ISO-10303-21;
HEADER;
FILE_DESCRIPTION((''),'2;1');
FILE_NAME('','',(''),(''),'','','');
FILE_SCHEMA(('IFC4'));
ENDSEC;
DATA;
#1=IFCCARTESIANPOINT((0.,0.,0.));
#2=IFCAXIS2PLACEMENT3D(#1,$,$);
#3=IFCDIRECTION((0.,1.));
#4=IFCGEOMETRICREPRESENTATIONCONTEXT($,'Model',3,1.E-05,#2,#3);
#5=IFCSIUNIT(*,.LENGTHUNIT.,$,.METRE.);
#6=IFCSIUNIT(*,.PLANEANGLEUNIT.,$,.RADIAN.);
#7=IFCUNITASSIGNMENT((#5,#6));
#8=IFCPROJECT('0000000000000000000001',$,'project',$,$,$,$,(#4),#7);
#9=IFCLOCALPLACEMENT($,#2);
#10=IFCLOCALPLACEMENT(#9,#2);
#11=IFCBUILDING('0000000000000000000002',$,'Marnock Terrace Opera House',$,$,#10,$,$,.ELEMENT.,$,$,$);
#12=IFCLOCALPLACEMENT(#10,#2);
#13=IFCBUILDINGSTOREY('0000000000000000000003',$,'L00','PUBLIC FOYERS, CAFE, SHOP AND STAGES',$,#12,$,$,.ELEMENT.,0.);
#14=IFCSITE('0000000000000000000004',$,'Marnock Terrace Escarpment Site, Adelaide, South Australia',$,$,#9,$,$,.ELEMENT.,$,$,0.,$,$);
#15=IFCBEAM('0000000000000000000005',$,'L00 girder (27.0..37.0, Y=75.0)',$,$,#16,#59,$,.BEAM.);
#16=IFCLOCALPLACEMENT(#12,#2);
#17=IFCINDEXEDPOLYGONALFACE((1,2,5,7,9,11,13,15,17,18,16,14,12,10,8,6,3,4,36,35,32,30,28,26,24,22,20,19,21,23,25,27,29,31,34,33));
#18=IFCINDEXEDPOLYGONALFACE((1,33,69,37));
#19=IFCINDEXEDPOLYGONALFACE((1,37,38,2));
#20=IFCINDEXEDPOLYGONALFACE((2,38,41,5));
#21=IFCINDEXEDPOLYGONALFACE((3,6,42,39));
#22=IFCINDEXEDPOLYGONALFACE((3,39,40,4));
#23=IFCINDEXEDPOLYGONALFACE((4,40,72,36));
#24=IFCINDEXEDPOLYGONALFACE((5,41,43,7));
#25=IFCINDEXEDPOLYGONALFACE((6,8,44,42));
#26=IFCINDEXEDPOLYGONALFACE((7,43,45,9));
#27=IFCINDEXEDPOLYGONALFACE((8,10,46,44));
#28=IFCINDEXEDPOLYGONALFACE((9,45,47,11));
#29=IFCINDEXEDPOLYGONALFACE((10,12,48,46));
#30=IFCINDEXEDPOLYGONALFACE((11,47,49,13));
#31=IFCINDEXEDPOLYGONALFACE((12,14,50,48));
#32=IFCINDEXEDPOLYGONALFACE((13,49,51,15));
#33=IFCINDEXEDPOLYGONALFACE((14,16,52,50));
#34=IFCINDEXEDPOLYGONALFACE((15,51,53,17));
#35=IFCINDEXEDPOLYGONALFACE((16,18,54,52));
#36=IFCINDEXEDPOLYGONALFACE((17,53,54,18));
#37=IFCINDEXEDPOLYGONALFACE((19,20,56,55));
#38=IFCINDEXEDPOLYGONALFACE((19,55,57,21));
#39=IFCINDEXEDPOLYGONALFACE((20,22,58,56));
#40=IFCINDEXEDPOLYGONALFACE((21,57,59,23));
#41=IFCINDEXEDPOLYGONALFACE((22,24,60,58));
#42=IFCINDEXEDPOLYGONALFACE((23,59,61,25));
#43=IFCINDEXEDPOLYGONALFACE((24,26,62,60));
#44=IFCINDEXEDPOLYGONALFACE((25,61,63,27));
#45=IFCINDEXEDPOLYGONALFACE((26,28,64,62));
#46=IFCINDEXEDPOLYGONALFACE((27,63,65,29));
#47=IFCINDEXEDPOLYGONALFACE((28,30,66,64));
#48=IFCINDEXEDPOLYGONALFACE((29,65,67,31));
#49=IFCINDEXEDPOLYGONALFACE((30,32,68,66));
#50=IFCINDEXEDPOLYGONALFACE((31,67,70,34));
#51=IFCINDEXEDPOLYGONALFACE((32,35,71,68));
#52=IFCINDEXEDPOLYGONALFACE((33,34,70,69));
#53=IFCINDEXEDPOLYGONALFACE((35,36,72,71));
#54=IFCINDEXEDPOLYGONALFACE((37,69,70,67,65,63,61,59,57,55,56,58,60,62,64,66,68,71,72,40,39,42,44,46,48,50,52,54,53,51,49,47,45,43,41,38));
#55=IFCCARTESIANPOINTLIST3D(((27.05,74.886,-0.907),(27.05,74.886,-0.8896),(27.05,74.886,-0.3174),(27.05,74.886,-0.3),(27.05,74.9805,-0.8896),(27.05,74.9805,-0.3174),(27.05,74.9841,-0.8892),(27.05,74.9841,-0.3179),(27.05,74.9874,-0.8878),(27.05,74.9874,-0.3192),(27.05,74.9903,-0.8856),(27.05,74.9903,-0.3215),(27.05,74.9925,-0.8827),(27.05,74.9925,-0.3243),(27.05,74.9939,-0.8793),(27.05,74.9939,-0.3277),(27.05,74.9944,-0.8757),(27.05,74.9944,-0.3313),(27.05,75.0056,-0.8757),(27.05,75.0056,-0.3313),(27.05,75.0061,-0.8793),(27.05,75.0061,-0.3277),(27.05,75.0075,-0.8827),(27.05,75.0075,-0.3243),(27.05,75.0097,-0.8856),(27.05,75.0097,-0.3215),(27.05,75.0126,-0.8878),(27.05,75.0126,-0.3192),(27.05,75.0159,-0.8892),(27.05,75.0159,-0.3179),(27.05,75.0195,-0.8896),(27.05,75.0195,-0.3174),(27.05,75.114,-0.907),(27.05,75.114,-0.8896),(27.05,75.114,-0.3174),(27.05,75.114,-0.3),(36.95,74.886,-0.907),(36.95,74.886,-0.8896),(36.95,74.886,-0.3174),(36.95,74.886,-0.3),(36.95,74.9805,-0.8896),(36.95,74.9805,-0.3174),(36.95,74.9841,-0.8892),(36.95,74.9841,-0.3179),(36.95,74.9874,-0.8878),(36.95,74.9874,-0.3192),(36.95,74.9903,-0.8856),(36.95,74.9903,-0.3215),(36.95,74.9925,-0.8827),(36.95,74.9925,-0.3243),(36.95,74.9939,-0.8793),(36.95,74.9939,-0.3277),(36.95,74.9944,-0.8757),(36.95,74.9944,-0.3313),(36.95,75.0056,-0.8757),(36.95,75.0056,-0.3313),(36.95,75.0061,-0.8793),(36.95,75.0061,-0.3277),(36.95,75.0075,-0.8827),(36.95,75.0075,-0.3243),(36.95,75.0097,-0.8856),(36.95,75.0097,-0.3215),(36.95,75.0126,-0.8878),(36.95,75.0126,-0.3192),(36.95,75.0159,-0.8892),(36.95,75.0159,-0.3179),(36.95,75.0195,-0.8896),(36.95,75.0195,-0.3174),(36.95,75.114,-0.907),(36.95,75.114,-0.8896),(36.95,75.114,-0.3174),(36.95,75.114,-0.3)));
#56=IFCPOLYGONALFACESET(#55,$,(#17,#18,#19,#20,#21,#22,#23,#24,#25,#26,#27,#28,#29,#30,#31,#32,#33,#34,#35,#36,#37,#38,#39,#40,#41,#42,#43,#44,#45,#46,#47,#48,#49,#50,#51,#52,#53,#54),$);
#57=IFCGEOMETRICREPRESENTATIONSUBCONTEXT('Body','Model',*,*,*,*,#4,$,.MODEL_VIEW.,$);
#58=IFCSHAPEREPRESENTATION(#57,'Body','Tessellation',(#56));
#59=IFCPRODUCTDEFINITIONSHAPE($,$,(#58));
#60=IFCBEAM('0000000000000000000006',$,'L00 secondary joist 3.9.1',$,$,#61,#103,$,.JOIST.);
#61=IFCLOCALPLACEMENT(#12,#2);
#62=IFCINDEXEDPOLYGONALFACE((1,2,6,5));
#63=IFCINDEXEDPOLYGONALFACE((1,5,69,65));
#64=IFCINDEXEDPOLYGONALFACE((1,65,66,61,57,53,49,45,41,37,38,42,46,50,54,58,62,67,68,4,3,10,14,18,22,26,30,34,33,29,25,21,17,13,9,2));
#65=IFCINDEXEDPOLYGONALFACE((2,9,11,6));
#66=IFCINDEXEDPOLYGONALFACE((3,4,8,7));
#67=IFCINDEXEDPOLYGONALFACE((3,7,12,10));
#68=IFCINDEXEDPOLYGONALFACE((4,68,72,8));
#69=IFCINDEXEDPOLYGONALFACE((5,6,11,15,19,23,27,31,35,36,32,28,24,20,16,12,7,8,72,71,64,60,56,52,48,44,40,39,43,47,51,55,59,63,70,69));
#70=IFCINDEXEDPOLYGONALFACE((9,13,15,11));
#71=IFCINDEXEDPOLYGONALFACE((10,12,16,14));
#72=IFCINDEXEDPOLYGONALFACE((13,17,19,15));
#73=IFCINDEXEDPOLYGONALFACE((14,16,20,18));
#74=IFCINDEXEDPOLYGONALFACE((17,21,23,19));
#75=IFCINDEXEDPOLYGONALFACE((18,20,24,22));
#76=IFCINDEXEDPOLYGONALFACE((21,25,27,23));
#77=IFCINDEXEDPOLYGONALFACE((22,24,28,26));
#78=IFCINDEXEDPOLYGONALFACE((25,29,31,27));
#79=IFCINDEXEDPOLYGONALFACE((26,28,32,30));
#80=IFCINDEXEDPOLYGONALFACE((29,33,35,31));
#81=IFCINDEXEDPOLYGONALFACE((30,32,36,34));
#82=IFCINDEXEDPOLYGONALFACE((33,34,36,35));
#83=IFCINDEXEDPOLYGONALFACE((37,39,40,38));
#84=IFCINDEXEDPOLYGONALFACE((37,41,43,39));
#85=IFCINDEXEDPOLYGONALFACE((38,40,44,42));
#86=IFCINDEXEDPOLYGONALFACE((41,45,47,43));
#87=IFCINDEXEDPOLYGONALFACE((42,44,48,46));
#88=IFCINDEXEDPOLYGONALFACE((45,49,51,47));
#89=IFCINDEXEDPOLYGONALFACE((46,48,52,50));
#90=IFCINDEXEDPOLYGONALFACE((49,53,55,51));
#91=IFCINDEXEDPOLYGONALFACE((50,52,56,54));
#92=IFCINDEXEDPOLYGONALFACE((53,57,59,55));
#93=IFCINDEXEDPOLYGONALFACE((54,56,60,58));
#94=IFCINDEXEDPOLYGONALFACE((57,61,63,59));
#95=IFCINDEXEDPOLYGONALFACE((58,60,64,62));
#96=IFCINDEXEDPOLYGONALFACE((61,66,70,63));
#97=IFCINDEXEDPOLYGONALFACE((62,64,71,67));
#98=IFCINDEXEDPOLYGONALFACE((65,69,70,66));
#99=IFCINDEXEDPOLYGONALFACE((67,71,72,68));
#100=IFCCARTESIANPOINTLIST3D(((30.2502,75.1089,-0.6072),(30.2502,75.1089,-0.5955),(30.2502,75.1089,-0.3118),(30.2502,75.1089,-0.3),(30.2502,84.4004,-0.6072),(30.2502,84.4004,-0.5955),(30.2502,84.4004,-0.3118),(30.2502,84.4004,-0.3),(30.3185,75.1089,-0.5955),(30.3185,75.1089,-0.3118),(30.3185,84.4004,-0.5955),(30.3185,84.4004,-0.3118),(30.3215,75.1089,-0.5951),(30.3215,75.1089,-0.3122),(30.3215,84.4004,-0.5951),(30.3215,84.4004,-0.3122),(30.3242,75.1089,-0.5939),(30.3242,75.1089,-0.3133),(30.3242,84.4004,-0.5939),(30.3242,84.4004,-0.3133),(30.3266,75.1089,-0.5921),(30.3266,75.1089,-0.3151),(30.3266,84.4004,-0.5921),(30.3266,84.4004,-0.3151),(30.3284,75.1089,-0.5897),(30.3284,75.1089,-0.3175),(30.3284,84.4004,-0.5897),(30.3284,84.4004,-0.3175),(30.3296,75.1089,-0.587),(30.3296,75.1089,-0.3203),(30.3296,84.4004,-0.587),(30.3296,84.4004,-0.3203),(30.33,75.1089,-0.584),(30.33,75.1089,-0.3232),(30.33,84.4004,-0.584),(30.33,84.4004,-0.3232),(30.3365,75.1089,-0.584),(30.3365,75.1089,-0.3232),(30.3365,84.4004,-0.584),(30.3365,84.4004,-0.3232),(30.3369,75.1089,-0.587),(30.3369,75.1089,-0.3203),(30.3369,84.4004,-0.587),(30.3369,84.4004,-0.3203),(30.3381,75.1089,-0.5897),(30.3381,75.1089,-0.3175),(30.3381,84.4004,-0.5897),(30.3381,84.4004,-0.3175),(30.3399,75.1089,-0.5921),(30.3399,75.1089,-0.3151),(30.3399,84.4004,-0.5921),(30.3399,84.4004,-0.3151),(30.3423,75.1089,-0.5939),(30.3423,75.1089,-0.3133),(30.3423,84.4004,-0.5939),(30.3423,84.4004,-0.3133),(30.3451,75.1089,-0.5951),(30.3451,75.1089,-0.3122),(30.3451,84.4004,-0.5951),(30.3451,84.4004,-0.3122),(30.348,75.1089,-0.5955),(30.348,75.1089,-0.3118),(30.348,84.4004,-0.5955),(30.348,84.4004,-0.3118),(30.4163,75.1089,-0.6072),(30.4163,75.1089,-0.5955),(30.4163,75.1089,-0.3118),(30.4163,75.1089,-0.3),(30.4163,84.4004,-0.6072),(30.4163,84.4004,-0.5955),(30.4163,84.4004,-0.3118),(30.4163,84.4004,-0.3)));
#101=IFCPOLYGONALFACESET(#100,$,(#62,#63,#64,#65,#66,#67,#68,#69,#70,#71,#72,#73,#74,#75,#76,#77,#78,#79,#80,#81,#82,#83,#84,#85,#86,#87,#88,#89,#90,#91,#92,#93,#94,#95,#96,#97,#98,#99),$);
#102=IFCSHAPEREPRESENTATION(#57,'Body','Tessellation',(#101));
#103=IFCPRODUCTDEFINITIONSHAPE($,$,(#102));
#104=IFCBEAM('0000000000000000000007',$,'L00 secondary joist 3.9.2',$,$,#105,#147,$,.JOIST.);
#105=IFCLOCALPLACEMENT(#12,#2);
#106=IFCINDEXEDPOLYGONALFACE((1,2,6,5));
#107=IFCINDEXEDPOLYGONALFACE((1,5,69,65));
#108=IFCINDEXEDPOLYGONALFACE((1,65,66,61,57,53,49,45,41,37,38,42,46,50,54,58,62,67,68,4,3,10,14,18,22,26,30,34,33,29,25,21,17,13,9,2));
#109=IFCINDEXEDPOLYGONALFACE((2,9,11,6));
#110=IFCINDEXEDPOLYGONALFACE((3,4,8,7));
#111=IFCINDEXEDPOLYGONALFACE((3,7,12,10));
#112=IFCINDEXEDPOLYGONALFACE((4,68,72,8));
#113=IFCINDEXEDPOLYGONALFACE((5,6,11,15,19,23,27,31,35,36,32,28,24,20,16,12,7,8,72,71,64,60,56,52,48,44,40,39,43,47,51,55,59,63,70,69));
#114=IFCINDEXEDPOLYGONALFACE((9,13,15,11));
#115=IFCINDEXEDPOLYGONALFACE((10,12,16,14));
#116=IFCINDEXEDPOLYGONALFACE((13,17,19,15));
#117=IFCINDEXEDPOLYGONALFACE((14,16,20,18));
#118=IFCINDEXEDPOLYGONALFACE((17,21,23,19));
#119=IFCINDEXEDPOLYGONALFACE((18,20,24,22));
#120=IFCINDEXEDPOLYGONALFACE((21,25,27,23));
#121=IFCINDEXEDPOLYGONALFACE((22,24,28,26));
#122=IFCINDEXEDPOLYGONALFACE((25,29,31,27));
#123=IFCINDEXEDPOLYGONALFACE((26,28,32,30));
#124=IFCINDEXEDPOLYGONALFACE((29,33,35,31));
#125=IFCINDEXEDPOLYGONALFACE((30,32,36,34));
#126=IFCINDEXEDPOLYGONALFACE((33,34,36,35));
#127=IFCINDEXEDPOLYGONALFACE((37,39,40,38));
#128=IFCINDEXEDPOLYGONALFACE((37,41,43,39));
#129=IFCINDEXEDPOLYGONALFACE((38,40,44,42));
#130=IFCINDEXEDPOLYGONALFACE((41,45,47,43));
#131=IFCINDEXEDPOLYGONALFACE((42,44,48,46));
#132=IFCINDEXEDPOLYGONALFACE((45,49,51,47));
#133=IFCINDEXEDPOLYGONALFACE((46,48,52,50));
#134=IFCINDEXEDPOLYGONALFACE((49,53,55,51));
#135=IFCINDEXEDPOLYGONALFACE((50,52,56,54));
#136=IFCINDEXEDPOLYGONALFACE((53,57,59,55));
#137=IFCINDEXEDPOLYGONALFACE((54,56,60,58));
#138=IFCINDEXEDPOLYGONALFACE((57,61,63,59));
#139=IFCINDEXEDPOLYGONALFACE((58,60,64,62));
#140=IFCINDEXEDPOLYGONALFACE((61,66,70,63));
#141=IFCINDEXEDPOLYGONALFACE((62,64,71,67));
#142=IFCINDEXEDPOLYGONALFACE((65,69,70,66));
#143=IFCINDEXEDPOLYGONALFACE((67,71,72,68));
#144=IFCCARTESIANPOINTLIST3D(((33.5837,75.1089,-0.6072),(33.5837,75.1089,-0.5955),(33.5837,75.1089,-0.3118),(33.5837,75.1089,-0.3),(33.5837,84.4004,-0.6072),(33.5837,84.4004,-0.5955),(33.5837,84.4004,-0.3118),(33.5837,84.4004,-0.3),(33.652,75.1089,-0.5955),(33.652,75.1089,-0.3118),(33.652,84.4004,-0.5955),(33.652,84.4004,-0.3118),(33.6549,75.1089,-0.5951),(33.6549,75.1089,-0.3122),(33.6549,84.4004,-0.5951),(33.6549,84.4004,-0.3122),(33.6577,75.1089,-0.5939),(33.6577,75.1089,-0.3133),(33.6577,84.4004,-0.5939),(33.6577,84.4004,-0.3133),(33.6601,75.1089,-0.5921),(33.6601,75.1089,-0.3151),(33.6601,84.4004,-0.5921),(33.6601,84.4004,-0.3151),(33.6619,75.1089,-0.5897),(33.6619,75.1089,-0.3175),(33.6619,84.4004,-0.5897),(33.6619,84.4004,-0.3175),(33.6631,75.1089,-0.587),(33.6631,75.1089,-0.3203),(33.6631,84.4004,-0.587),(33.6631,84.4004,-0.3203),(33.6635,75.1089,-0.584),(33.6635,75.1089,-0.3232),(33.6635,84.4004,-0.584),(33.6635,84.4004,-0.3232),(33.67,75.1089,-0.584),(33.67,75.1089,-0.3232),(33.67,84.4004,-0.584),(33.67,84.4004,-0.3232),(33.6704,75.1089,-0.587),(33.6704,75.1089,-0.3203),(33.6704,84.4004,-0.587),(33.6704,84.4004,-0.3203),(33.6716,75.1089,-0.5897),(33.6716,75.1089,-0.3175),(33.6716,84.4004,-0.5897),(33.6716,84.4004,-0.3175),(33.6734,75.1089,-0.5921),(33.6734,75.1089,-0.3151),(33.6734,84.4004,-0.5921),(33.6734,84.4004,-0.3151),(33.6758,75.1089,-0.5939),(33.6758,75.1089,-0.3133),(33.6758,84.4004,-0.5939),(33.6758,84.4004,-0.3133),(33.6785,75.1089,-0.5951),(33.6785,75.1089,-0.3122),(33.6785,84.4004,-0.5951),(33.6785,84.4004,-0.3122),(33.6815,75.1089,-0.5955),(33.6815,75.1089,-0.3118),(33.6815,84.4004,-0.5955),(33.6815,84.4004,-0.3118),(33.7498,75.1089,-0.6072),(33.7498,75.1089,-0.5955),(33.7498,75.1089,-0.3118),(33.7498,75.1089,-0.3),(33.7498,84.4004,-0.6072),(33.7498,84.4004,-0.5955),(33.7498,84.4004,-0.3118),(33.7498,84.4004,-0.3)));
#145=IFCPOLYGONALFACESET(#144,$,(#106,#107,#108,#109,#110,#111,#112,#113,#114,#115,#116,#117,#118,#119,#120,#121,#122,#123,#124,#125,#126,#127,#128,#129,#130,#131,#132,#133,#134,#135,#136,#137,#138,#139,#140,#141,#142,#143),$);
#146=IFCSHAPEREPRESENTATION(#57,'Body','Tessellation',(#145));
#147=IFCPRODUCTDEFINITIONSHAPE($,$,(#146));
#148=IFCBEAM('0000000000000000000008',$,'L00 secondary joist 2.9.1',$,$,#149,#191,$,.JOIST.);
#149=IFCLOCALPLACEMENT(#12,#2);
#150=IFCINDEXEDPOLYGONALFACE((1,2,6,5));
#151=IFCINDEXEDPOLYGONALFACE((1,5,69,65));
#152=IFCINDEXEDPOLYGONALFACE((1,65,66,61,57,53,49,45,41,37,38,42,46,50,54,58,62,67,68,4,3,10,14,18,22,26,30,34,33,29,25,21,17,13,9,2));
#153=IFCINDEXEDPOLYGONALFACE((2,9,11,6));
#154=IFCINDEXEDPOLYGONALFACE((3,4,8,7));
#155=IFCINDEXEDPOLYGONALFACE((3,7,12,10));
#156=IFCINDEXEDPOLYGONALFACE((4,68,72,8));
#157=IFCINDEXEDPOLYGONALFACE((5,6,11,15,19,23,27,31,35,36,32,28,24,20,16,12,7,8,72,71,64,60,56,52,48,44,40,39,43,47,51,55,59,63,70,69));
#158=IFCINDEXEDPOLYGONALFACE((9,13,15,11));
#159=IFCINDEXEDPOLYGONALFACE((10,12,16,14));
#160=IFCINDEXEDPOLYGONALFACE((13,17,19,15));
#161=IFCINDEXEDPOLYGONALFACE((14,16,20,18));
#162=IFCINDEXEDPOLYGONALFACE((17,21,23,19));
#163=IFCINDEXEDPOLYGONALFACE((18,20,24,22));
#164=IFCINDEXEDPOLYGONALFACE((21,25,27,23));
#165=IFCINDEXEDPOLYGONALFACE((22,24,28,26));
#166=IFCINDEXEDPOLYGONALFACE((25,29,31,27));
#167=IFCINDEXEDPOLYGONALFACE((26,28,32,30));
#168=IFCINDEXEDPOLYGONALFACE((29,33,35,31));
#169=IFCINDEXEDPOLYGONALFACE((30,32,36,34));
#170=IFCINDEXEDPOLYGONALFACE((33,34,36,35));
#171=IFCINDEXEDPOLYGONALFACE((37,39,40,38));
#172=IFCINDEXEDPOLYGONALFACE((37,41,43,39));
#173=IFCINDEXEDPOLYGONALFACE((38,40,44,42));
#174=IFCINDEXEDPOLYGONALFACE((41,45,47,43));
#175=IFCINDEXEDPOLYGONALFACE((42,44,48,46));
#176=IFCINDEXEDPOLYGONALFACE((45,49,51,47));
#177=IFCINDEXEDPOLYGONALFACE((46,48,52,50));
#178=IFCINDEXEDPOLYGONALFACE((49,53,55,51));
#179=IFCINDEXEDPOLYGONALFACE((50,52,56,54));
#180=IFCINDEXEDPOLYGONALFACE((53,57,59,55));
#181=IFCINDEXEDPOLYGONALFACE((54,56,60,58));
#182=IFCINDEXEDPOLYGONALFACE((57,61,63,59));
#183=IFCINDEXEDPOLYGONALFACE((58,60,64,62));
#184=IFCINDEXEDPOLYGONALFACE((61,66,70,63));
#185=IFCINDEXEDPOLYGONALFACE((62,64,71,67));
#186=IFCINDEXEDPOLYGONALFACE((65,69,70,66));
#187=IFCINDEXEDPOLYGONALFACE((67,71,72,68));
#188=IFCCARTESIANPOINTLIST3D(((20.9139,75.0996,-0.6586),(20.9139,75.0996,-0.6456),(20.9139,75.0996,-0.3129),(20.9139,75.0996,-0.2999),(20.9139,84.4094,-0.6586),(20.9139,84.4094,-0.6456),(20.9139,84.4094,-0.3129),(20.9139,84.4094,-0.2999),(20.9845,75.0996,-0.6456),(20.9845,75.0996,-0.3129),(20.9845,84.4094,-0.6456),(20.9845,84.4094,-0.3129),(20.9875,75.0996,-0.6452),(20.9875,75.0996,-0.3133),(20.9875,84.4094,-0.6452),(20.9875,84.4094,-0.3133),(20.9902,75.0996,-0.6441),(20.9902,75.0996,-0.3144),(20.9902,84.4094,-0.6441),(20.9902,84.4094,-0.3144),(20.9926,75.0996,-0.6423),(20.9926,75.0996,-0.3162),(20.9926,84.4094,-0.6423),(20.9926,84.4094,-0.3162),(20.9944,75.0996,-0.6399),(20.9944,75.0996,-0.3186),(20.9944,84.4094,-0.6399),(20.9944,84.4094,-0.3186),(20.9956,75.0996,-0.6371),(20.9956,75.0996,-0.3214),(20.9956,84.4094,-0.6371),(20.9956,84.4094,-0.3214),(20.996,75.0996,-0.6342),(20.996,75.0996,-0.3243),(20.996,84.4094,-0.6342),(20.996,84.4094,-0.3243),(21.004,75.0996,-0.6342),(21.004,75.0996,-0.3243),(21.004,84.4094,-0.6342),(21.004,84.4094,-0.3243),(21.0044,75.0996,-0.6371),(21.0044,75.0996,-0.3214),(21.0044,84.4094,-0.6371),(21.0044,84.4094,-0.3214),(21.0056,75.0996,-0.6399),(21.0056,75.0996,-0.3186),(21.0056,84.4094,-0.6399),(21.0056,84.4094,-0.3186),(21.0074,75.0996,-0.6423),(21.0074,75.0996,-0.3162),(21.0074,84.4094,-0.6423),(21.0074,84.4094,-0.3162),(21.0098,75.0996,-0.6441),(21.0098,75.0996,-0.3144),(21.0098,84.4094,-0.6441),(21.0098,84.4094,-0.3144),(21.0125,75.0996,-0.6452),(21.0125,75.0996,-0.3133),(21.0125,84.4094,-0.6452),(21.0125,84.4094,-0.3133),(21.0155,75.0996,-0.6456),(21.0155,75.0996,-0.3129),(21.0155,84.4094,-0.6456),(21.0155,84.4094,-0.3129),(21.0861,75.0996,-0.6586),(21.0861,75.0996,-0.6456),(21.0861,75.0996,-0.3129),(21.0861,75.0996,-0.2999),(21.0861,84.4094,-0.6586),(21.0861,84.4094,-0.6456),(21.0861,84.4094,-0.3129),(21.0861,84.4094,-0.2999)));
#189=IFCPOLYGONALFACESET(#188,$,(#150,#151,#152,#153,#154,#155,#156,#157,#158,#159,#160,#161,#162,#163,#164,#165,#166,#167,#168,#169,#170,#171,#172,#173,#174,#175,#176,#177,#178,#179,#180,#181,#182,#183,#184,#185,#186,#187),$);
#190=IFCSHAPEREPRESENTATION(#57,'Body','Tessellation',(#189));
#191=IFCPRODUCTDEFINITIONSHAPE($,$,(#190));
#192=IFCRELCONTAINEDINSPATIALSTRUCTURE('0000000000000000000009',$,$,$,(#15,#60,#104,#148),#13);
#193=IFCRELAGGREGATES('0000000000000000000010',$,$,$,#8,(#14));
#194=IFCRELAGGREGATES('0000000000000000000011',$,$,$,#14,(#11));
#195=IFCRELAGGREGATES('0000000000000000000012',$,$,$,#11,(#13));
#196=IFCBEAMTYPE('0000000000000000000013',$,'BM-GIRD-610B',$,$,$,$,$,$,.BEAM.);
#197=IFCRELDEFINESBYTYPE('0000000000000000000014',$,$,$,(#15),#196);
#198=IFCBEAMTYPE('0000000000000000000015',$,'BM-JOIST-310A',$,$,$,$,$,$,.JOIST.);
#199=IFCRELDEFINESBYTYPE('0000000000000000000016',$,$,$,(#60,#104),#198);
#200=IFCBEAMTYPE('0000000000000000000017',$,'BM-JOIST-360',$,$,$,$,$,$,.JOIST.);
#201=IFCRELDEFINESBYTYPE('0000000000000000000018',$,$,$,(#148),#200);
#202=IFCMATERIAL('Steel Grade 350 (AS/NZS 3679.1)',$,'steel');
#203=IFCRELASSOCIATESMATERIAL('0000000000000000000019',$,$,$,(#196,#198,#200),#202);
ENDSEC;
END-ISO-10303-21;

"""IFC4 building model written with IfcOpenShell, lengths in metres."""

from ifc_helpers import new_model, si_unit, direction, frame, origin, origin_2d, place, context, subcontext, project, spatial, i_section, extrude, material, material_profile, profile_set, type_object, element, save


model = new_model("IFC4")

# Units and contexts
model_context = context("Model", 3, precision=1e-05, world=origin(), true_north=direction((0.0, 1.0)))
body_context = subcontext(model_context, "Body", "Model", "MODEL_VIEW")
ifc_project = project(units=[si_unit("LENGTHUNIT", "METRE"), si_unit("PLANEANGLEUNIT", "RADIAN")], contexts=[model_context])

# Site, building, storey
site_placement = place(None, origin())
site = spatial("IfcSite", under=ifc_project, at=site_placement, Name="Marnock Terrace Escarpment Site, Adelaide, South Australia", CompositionType="ELEMENT", RefElevation=0.0)
building_placement = place(site_placement, origin())
building = spatial("IfcBuilding", under=site, at=building_placement, Name="Marnock Terrace Opera House", CompositionType="ELEMENT")
storey_placement = place(building_placement, origin())
storey = spatial("IfcBuildingStorey", under=building, at=storey_placement, Name="L00", Description="PUBLIC FOYERS, CAFE, SHOP AND STAGES", CompositionType="ELEMENT", Elevation=0.0)

# Shared definitions
ifc_material_1 = material(Name="Steel Grade 350 (AS/NZS 3679.1)", Category="steel")

# Beams
ifc_material_profile_1 = material_profile(ifc_material_1, i_section(OverallWidth=0.228, OverallDepth=0.6069, WebThickness=0.0112, FlangeThickness=0.0173, FilletRadius=0.0139, at=origin_2d()))
ifc_profile_set_1 = profile_set([ifc_material_profile_1], Name="Steel Grade 350 (AS/NZS 3679.1)")
beam_type_1 = type_object("IfcBeamType", Name="BM-GIRD-610B", PredefinedType="BEAM", material=ifc_profile_set_1)
beam_1_placement = place(storey_placement, frame((27.05, 75.0, -0.6035), z_axis=(1.0, 0.0, 0.0), x_axis=(0.0, 1.0, 0.0)))
element("IfcBeam", 1, at=beam_1_placement, inside=storey, type_object=beam_type_1, Name="L00 girder (27.0..37.0, Y=75.0)", PredefinedType="BEAM", context=body_context, shape_type="SweptSolid", body=[
    extrude(i_section(OverallWidth=0.228, OverallDepth=0.6069, WebThickness=0.0112, FlangeThickness=0.0173, FilletRadius=0.0139, at=origin_2d()), origin(), (0.0, 0.0, 1.0), 9.8999),
])
ifc_material_profile_2 = material_profile(ifc_material_1, i_section(OverallWidth=0.166, OverallDepth=0.3071, WebThickness=0.0066, FlangeThickness=0.0117, FilletRadius=0.0115, at=origin_2d()))
ifc_profile_set_2 = profile_set([ifc_material_profile_2], Name="Steel Grade 350 (AS/NZS 3679.1)")
beam_type_2 = type_object("IfcBeamType", Name="BM-JOIST-310A", PredefinedType="JOIST", material=ifc_profile_set_2)
for number, where, z_axis, x_axis, name in (
    (2, (30.3333, 75.1089, -0.4536), (0.0, 1.0, 0.0), (-1.0, 0.0, 0.0), "L00 secondary joist 3.9.1"),
    (3, (33.6667, 75.1089, -0.4536), (0.0, 1.0, 0.0), (-1.0, 0.0, 0.0), "L00 secondary joist 3.9.2"),
):
    element("IfcBeam", number, at=place(storey_placement, frame(where, z_axis=z_axis, x_axis=x_axis)), inside=storey, type_object=beam_type_2, Name=name, PredefinedType="JOIST", context=body_context, shape_type="SweptSolid", body=[
        extrude(i_section(OverallWidth=0.166, OverallDepth=0.3071, WebThickness=0.0066, FlangeThickness=0.0117, FilletRadius=0.0115, at=origin_2d()), origin(), (0.0, 0.0, 1.0), 9.2915),
    ])
ifc_material_profile_3 = material_profile(ifc_material_1, i_section(OverallWidth=0.1721, OverallDepth=0.3586, WebThickness=0.0081, FlangeThickness=0.0129, FilletRadius=0.0115, at=origin_2d()))
ifc_profile_set_3 = profile_set([ifc_material_profile_3], Name="Steel Grade 350 (AS/NZS 3679.1)")
beam_type_3 = type_object("IfcBeamType", Name="BM-JOIST-360", PredefinedType="JOIST", material=ifc_profile_set_3)
for number, where, z_axis, x_axis, name in (
    (4, (21.0, 75.0996, -0.4792), (0.0, 1.0, 0.0), (-1.0, 0.0, 0.0), "L00 secondary joist 2.9.1"),
):
    element("IfcBeam", number, at=place(storey_placement, frame(where, z_axis=z_axis, x_axis=x_axis)), inside=storey, type_object=beam_type_3, Name=name, PredefinedType="JOIST", context=body_context, shape_type="SweptSolid", body=[
        extrude(i_section(OverallWidth=0.1721, OverallDepth=0.3586, WebThickness=0.0081, FlangeThickness=0.0129, FilletRadius=0.0115, at=origin_2d()), origin(), (0.0, 0.0, 1.0), 9.3098),
    ])

save(model, "model.ifc")
